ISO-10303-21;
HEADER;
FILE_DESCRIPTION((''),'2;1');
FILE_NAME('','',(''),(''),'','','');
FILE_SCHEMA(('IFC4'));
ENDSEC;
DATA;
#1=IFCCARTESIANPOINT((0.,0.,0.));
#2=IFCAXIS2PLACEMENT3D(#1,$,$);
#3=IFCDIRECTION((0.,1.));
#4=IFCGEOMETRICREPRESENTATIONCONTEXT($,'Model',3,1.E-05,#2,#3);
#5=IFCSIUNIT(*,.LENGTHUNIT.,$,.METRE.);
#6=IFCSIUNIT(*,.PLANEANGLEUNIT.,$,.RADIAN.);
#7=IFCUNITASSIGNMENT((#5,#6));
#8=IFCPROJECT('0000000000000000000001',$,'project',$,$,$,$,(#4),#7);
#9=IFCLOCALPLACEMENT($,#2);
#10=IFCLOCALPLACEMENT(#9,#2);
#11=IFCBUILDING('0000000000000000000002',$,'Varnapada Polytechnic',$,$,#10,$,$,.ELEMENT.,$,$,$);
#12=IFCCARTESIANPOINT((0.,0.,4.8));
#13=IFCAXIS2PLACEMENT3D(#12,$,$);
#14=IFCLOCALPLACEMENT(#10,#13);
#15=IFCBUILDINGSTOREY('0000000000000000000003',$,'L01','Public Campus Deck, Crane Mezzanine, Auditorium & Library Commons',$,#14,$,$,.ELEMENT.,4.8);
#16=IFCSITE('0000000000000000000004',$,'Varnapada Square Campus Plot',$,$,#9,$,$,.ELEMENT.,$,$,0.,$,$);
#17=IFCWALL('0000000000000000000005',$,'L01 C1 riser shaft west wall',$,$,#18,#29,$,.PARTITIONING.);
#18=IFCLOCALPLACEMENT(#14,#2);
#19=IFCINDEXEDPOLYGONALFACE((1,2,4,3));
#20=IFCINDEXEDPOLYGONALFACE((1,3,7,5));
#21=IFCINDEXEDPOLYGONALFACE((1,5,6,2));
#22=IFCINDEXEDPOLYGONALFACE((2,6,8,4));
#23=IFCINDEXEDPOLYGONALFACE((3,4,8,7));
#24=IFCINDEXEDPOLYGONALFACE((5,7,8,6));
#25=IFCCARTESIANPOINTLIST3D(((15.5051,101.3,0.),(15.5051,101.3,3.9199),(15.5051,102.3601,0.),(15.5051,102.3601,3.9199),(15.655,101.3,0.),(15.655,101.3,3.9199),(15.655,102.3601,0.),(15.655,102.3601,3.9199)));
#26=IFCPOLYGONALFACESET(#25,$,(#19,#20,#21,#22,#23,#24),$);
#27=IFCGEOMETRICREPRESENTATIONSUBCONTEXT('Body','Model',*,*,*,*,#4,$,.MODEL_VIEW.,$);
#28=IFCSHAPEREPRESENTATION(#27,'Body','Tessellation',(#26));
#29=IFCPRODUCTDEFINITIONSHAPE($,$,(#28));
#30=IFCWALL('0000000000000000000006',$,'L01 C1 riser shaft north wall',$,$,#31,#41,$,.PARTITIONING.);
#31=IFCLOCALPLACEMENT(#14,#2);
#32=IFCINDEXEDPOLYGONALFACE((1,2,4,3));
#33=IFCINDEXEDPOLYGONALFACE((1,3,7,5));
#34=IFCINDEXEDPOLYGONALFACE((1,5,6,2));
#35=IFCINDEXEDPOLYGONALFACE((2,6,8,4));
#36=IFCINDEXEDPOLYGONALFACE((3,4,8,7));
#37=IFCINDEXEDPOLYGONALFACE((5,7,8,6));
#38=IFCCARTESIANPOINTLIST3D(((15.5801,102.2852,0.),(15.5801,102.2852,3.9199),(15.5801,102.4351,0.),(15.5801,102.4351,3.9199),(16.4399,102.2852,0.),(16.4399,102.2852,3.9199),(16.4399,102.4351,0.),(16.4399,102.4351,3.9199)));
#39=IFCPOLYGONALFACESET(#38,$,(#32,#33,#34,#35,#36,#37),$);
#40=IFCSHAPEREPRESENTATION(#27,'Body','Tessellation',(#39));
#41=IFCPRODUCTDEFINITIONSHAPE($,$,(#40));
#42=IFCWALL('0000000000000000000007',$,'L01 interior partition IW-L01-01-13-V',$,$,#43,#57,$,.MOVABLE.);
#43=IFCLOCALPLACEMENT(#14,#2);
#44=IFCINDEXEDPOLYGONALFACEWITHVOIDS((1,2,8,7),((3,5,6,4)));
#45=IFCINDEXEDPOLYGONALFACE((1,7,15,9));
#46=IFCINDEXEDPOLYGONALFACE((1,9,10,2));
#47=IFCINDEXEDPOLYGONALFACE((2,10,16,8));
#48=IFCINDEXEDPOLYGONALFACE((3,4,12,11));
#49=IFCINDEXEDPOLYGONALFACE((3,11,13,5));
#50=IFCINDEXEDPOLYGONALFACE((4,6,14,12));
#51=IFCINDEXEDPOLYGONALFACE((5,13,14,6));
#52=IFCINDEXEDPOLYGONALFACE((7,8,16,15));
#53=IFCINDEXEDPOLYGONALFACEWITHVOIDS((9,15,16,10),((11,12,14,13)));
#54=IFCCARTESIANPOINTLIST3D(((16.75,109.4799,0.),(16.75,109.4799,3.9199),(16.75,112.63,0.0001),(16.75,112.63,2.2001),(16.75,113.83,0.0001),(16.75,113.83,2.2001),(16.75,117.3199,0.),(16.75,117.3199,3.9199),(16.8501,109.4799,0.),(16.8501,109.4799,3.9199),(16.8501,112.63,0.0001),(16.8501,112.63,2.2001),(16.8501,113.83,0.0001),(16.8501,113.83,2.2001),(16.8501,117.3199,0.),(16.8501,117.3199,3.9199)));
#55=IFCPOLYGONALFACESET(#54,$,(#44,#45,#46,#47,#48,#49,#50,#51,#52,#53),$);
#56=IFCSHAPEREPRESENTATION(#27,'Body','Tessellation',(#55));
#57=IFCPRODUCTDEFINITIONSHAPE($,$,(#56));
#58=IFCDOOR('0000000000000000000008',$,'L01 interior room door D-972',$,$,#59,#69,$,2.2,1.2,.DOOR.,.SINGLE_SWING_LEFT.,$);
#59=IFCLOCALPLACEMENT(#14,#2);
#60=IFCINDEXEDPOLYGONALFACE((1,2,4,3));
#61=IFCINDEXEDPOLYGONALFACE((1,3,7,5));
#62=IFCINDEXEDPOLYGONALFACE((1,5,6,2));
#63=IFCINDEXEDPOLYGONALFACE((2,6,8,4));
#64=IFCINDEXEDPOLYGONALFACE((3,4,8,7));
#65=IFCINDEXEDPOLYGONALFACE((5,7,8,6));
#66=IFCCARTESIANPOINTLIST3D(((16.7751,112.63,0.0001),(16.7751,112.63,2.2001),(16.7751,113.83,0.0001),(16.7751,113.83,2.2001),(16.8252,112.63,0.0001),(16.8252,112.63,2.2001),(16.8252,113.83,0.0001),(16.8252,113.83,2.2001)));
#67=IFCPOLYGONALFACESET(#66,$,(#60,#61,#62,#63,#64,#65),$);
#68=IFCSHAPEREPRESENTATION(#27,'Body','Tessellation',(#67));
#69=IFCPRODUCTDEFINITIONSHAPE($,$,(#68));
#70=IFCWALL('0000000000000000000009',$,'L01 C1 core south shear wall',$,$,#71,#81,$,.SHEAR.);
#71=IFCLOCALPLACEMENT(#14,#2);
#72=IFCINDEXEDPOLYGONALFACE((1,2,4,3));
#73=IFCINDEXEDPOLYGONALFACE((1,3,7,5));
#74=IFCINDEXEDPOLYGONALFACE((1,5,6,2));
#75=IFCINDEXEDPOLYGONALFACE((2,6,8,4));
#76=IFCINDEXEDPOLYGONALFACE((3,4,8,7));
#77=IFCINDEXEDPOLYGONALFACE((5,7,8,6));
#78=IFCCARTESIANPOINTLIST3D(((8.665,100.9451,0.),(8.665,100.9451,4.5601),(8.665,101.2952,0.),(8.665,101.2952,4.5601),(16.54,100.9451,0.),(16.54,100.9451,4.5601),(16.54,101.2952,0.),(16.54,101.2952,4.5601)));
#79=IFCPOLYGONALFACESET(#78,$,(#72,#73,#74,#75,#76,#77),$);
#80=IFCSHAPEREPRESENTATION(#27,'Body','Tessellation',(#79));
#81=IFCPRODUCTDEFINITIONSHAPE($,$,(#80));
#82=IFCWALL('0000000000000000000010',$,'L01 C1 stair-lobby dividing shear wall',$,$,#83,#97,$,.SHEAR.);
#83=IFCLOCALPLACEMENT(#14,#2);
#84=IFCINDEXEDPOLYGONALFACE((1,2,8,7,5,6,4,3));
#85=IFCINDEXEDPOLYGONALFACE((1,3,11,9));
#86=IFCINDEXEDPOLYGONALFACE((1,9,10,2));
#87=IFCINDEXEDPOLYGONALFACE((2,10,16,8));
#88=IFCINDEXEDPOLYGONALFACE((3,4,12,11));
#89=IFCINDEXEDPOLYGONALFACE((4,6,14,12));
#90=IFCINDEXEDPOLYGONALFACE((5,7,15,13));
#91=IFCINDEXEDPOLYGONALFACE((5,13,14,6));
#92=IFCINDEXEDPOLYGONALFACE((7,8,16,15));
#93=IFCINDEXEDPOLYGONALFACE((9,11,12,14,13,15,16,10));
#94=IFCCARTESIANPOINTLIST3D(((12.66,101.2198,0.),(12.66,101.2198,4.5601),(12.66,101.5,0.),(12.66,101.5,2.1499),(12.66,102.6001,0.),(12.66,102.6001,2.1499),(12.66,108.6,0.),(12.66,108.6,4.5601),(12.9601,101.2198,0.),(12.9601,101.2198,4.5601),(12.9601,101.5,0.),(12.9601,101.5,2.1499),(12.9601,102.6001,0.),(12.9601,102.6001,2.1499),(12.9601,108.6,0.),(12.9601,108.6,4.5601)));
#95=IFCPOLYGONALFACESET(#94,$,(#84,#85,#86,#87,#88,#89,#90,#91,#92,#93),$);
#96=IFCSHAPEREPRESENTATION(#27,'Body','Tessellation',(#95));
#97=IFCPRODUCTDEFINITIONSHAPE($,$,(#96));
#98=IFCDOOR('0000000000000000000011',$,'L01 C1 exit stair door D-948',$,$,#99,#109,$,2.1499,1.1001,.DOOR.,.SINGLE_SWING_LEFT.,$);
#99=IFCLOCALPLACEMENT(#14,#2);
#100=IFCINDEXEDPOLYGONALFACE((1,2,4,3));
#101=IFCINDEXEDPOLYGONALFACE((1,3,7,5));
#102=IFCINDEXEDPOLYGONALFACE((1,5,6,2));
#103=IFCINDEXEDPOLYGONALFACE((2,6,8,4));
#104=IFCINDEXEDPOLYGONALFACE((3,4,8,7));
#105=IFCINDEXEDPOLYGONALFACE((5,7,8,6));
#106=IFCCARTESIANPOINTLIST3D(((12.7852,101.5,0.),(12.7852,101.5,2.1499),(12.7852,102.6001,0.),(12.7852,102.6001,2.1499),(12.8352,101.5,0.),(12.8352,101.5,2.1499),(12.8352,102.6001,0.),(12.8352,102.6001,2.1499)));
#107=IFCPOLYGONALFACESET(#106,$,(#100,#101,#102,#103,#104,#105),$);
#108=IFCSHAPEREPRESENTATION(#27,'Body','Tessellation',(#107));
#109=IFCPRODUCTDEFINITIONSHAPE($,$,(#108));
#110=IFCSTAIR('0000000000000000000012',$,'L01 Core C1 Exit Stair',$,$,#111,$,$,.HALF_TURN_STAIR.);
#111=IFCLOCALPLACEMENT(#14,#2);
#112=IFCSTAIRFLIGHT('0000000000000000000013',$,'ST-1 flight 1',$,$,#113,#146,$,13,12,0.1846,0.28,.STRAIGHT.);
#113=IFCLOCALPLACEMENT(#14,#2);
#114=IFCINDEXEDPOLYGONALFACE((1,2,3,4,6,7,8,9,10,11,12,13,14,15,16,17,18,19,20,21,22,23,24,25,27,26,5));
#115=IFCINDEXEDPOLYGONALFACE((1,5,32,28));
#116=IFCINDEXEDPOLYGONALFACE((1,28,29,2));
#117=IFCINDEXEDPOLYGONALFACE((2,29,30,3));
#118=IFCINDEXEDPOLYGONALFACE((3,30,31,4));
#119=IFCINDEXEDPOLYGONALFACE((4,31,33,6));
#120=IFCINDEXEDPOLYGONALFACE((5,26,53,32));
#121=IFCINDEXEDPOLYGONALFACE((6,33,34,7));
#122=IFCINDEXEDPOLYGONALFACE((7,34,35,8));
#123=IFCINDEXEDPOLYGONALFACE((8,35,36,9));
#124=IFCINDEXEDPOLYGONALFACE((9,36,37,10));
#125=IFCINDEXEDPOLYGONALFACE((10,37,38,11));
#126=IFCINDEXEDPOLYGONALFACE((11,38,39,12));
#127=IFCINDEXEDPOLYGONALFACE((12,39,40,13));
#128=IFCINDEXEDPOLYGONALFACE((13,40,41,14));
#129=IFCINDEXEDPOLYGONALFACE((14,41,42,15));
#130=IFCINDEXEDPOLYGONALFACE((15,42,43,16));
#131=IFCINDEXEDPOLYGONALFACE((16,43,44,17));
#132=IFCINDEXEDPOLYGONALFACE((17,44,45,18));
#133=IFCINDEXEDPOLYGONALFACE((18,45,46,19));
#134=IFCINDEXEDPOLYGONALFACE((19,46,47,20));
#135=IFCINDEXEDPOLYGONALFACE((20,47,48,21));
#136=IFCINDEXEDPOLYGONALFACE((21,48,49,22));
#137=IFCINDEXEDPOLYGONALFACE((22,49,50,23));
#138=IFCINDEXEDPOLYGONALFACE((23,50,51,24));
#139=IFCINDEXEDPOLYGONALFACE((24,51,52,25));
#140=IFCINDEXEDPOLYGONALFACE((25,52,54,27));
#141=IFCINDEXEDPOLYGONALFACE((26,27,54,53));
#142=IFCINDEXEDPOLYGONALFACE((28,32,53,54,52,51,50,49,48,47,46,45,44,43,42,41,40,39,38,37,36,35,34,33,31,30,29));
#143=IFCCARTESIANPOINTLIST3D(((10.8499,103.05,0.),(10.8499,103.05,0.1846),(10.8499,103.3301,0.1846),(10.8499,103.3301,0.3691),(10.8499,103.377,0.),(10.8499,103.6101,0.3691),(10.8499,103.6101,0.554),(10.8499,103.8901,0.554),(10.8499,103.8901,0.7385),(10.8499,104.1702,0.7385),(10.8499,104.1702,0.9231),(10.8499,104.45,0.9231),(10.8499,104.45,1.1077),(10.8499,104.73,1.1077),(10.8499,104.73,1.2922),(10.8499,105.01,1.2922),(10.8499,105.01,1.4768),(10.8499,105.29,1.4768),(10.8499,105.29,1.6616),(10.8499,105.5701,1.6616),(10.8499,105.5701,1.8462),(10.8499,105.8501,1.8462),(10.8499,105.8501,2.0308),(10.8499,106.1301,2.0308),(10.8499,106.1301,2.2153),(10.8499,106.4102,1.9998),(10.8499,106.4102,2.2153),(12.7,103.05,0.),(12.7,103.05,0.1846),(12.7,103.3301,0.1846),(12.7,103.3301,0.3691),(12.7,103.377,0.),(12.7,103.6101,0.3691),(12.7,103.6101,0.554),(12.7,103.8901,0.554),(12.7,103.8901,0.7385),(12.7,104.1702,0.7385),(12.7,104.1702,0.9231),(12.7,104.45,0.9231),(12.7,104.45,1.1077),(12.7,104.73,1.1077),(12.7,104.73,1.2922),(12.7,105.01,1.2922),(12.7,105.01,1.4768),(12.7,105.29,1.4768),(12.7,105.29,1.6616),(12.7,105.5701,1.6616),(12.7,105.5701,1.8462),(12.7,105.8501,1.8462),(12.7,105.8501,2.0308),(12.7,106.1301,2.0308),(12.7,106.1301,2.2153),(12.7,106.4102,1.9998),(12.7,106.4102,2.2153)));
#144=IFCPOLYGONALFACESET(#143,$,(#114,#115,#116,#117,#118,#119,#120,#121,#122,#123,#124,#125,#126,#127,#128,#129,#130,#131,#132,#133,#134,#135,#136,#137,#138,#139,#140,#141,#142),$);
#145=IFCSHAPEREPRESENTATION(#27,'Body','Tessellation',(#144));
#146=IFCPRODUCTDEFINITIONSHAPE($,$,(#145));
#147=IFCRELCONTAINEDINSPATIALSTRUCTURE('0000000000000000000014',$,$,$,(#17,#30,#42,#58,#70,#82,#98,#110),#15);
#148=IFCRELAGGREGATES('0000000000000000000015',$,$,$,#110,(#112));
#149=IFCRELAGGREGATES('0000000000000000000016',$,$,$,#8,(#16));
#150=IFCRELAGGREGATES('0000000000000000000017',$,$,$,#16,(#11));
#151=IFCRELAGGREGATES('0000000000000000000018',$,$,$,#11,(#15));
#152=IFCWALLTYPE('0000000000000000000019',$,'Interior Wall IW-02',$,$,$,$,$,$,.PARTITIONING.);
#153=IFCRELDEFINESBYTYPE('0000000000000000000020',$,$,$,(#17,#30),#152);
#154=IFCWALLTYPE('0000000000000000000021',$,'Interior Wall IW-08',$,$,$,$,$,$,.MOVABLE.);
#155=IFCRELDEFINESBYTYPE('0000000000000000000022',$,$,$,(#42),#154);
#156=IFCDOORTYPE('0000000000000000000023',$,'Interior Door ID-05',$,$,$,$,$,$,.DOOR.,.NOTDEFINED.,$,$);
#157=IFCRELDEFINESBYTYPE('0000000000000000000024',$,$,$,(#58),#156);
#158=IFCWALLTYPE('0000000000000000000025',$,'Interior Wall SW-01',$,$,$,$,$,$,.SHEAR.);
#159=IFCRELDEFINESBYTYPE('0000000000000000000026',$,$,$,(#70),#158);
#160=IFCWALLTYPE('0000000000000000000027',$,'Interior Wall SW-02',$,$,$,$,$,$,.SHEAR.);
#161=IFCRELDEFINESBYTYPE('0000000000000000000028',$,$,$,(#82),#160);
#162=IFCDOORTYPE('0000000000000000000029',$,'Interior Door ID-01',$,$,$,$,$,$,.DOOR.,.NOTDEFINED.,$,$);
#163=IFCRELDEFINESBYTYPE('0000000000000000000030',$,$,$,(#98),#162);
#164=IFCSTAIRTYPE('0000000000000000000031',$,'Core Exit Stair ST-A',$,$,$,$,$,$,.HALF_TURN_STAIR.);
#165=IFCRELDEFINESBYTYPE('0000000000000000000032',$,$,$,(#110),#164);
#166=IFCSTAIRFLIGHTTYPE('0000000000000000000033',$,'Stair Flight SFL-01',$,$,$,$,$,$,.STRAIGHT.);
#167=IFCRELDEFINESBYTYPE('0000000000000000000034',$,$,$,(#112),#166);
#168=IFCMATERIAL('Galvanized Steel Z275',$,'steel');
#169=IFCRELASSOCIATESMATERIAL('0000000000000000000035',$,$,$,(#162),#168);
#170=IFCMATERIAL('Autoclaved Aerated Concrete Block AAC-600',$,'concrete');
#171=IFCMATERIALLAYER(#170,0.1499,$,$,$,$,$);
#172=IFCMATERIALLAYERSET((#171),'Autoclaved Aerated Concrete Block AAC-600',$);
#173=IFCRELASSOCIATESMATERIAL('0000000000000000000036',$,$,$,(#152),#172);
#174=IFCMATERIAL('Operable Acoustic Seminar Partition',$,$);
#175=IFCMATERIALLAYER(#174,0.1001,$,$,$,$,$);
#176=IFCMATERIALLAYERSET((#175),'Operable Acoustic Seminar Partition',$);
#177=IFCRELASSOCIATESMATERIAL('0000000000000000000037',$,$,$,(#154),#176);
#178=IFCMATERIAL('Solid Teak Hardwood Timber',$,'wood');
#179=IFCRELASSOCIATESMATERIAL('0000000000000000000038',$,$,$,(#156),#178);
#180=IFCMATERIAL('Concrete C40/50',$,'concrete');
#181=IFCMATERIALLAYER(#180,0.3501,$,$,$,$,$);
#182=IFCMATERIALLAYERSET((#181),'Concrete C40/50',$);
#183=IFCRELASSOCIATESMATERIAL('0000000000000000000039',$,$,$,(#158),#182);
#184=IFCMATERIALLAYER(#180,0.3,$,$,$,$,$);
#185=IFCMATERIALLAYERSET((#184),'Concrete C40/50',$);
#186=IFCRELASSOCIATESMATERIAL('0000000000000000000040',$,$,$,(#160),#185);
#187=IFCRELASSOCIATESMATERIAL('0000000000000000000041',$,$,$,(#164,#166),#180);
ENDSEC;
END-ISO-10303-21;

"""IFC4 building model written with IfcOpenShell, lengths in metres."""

from ifc_helpers import new_model, si_unit, direction, frame, frame_2d, origin, place, context, subcontext, project, spatial, polyline, rectangle, outline, extrude, material, layer, layer_set, type_object, element, fill, aggregate, save


model = new_model("IFC4")

# Units and contexts
model_context = context("Model", 3, precision=1e-05, world=origin(), true_north=direction((0.0, 1.0)))
body_context = subcontext(model_context, "Body", "Model", "MODEL_VIEW")
ifc_project = project(units=[si_unit("LENGTHUNIT", "METRE"), si_unit("PLANEANGLEUNIT", "RADIAN")], contexts=[model_context])

# Site, building, storey
site_placement = place(None, origin())
site = spatial("IfcSite", under=ifc_project, at=site_placement, Name="Varnapada Square Campus Plot", CompositionType="ELEMENT", RefElevation=0.0)
building_placement = place(site_placement, origin())
building = spatial("IfcBuilding", under=site, at=building_placement, Name="Varnapada Polytechnic", CompositionType="ELEMENT")
storey_placement = place(building_placement, frame((0.0, 0.0, 4.8)))
storey = spatial("IfcBuildingStorey", under=building, at=storey_placement, Name="L01", Description="Public Campus Deck, Crane Mezzanine, Auditorium & Library Commons", CompositionType="ELEMENT", Elevation=4.8)

# Shared definitions
ifc_material_1 = material(Name="Autoclaved Aerated Concrete Block AAC-600", Category="concrete")
ifc_material_2 = material(Name="Galvanized Steel Z275", Category="steel")
door_type_1 = type_object("IfcDoorType", Name="Interior Door ID-01", OperationType="NOTDEFINED", PredefinedType="DOOR", material=ifc_material_2)

# Walls
ifc_layer_1 = layer(ifc_material_1, 0.1499)
ifc_layer_set_1 = layer_set([ifc_layer_1], Name="Autoclaved Aerated Concrete Block AAC-600")
wall_type_1 = type_object("IfcWallType", Name="Interior Wall IW-02", PredefinedType="PARTITIONING", material=ifc_layer_set_1)
wall_1_placement = place(storey_placement, frame((15.5801, 102.3601, 0.0), z_axis=(0.0, 0.0, 1.0), x_axis=(0.0, -1.0, 0.0)))
element("IfcWall", 1, at=wall_1_placement, inside=storey, type_object=wall_type_1, Name="L01 C1 riser shaft west wall", PredefinedType="PARTITIONING", context=body_context, shape_type="SweptSolid", body=[
    extrude(rectangle(XDim=1.0601, YDim=0.1499, at=frame_2d((0.53, 0.0))), origin(), (0.0, 0.0, 1.0), 3.9199),
])
wall_2_placement = place(storey_placement, frame((15.5801, 102.3601, 0.0), z_axis=(0.0, 0.0, 1.0), x_axis=(1.0, 0.0, 0.0)))
element("IfcWall", 2, at=wall_2_placement, inside=storey, type_object=wall_type_1, Name="L01 C1 riser shaft north wall", PredefinedType="PARTITIONING", context=body_context, shape_type="SweptSolid", body=[
    extrude(rectangle(XDim=0.8599, YDim=0.1499, at=frame_2d((0.4299, 0.0))), origin(), (0.0, 0.0, 1.0), 3.9199),
])

# Wall, opening, door
ifc_material_3 = material(Name="Operable Acoustic Seminar Partition")
ifc_layer_2 = layer(ifc_material_3, 0.1001)
ifc_layer_set_2 = layer_set([ifc_layer_2], Name="Operable Acoustic Seminar Partition")
wall_type_2 = type_object("IfcWallType", Name="Interior Wall IW-08", PredefinedType="MOVABLE", material=ifc_layer_set_2)
wall_3_placement = place(storey_placement, frame((16.8, 109.48, 0.0), z_axis=(0.0, 0.0, 1.0), x_axis=(0.0, 1.0, 0.0)))
wall_3 = element("IfcWall", 3, at=wall_3_placement, inside=storey, type_object=wall_type_2, Name="L01 interior partition IW-L01-01-13-V", PredefinedType="MOVABLE", context=body_context, shape_type="SweptSolid", body=[
    extrude(rectangle(XDim=7.8401, YDim=0.1001, at=frame_2d((3.9199, 0.0))), origin(), (0.0, 0.0, 1.0), 3.9199),
])
opening_1_placement = place(wall_3_placement, frame((3.1499, 0.0, 0.0)))
opening_1 = element("IfcOpeningElement", 4, at=opening_1_placement, cuts=wall_3, PredefinedType="OPENING", context=body_context, shape_type="SweptSolid", body=[
    extrude(rectangle(XDim=1.2, YDim=2.2, at=frame_2d((0.6001, 1.1001))), frame((0.0, 0.0601, 0.0), z_axis=(0.0, -1.0, 0.0), x_axis=(1.0, 0.0, 0.0)), (0.0, 0.0, 1.0), 0.1201),
])
ifc_material_4 = material(Name="Solid Teak Hardwood Timber", Category="wood")
door_type_2 = type_object("IfcDoorType", Name="Interior Door ID-05", OperationType="NOTDEFINED", PredefinedType="DOOR", material=ifc_material_4)
door_1_placement = place(opening_1_placement, origin())
door_1 = element("IfcDoor", 5, at=door_1_placement, inside=storey, type_object=door_type_2, Name="L01 interior room door D-972", OperationType="SINGLE_SWING_LEFT", OverallHeight=2.2, OverallWidth=1.2, PredefinedType="DOOR", context=body_context, shape_type="SweptSolid", body=[
    extrude(rectangle(XDim=1.2, YDim=2.2, at=frame_2d((0.6001, 1.1001))), frame((0.0, 0.0249, 0.0), z_axis=(0.0, -1.0, 0.0), x_axis=(1.0, 0.0, 0.0)), (0.0, 0.0, 1.0), 0.05),
])
fill(opening_1, door_1)

# Wall
ifc_material_5 = material(Name="Concrete C40/50", Category="concrete")
ifc_layer_3 = layer(ifc_material_5, 0.3501)
ifc_layer_set_3 = layer_set([ifc_layer_3], Name="Concrete C40/50")
wall_type_3 = type_object("IfcWallType", Name="Interior Wall SW-01", PredefinedType="SHEAR", material=ifc_layer_set_3)
wall_4_placement = place(storey_placement, frame((16.54, 101.1201, 0.0), z_axis=(0.0, 0.0, 1.0), x_axis=(-1.0, 0.0, 0.0)))
element("IfcWall", 6, at=wall_4_placement, inside=storey, type_object=wall_type_3, Name="L01 C1 core south shear wall", PredefinedType="SHEAR", context=body_context, shape_type="SweptSolid", body=[
    extrude(rectangle(XDim=7.875, YDim=0.3501, at=frame_2d((3.9375, 0.0))), origin(), (0.0, 0.0, 1.0), 4.5601),
])

# Wall, opening, door
ifc_layer_4 = layer(ifc_material_5, 0.3)
ifc_layer_set_4 = layer_set([ifc_layer_4], Name="Concrete C40/50")
wall_type_4 = type_object("IfcWallType", Name="Interior Wall SW-02", PredefinedType="SHEAR", material=ifc_layer_set_4)
wall_5_placement = place(storey_placement, frame((12.8101, 101.22, 0.0), z_axis=(0.0, 0.0, 1.0), x_axis=(0.0, 1.0, 0.0)))
wall_5 = element("IfcWall", 7, at=wall_5_placement, inside=storey, type_object=wall_type_4, Name="L01 C1 stair-lobby dividing shear wall", PredefinedType="SHEAR", context=body_context, shape_type="SweptSolid", body=[
    extrude(rectangle(XDim=7.3801, YDim=0.3, at=frame_2d((3.6899, 0.0))), origin(), (0.0, 0.0, 1.0), 4.5601),
])
opening_2_placement = place(wall_5_placement, frame((0.28, 0.0, 0.0)))
opening_2 = element("IfcOpeningElement", 8, at=opening_2_placement, cuts=wall_5, PredefinedType="OPENING", context=body_context, shape_type="SweptSolid", body=[
    extrude(rectangle(XDim=1.1001, YDim=2.1499, at=frame_2d((0.55, 1.075))), frame((0.0, 0.1599, 0.0), z_axis=(0.0, -1.0, 0.0), x_axis=(1.0, 0.0, 0.0)), (0.0, 0.0, 1.0), 0.3201),
])
door_2_placement = place(opening_2_placement, origin())
door_2 = element("IfcDoor", 9, at=door_2_placement, inside=storey, type_object=door_type_1, Name="L01 C1 exit stair door D-948", OperationType="SINGLE_SWING_LEFT", OverallHeight=2.1499, OverallWidth=1.1001, PredefinedType="DOOR", context=body_context, shape_type="SweptSolid", body=[
    extrude(rectangle(XDim=1.1001, YDim=2.1499, at=frame_2d((0.55, 1.075))), frame((0.0, 0.0249, 0.0), z_axis=(0.0, -1.0, 0.0), x_axis=(1.0, 0.0, 0.0)), (0.0, 0.0, 1.0), 0.05),
])
fill(opening_2, door_2)

# Stair, stair flight
stair_type = type_object("IfcStairType", Name="Core Exit Stair ST-A", PredefinedType="HALF_TURN_STAIR", material=ifc_material_5)
stair_placement = place(storey_placement, origin())
stair = element("IfcStair", 10, at=stair_placement, inside=storey, type_object=stair_type, Name="L01 Core C1 Exit Stair", PredefinedType="HALF_TURN_STAIR")
stair_flight_type = type_object("IfcStairFlightType", Name="Stair Flight SFL-01", PredefinedType="STRAIGHT", material=ifc_material_5)
stair_flight_1_placement = place(storey_placement, frame((11.7749, 103.05, 0.0), z_axis=(0.0, 0.0, 1.0), x_axis=(0.0, 1.0, 0.0)))
stair_flight_1 = element("IfcStairFlight", 11, at=stair_flight_1_placement, type_object=stair_flight_type, Name="ST-1 flight 1", NumberOfRisers=13, NumberOfTreads=12, PredefinedType="STRAIGHT", RiserHeight=0.1846, TreadLength=0.28, context=body_context, shape_type="SweptSolid", body=[
    extrude(outline(polyline([(0.0, 0.0), (0.0, 0.1846), (0.28, 0.1846), (0.28, 0.3691), (0.5601, 0.3691), (0.5601, 0.554), (0.8401, 0.554), (0.8401, 0.7385), (1.1201, 0.7385), (1.1201, 0.9231), (1.3999, 0.9231), (1.3999, 1.1077), (1.6799, 1.1077), (1.6799, 1.2922), (1.96, 1.2922), (1.96, 1.4768), (2.24, 1.4768), (2.24, 1.6616), (2.52, 1.6616), (2.52, 1.8462), (2.8, 1.8462), (2.8, 2.0308), (3.0801, 2.0308), (3.0801, 2.2153), (3.3601, 2.2153), (3.3601, 2.3999), (3.3601, 1.9998), (0.3269, 0.0), (0.0, 0.0)])), frame((0.0, 0.925, 0.0), z_axis=(0.0, -1.0, 0.0), x_axis=(1.0, 0.0, 0.0)), (0.0, 0.0, 1.0), 1.8501),
])
aggregate(stair, [stair_flight_1])

save(model, "model.ifc")
